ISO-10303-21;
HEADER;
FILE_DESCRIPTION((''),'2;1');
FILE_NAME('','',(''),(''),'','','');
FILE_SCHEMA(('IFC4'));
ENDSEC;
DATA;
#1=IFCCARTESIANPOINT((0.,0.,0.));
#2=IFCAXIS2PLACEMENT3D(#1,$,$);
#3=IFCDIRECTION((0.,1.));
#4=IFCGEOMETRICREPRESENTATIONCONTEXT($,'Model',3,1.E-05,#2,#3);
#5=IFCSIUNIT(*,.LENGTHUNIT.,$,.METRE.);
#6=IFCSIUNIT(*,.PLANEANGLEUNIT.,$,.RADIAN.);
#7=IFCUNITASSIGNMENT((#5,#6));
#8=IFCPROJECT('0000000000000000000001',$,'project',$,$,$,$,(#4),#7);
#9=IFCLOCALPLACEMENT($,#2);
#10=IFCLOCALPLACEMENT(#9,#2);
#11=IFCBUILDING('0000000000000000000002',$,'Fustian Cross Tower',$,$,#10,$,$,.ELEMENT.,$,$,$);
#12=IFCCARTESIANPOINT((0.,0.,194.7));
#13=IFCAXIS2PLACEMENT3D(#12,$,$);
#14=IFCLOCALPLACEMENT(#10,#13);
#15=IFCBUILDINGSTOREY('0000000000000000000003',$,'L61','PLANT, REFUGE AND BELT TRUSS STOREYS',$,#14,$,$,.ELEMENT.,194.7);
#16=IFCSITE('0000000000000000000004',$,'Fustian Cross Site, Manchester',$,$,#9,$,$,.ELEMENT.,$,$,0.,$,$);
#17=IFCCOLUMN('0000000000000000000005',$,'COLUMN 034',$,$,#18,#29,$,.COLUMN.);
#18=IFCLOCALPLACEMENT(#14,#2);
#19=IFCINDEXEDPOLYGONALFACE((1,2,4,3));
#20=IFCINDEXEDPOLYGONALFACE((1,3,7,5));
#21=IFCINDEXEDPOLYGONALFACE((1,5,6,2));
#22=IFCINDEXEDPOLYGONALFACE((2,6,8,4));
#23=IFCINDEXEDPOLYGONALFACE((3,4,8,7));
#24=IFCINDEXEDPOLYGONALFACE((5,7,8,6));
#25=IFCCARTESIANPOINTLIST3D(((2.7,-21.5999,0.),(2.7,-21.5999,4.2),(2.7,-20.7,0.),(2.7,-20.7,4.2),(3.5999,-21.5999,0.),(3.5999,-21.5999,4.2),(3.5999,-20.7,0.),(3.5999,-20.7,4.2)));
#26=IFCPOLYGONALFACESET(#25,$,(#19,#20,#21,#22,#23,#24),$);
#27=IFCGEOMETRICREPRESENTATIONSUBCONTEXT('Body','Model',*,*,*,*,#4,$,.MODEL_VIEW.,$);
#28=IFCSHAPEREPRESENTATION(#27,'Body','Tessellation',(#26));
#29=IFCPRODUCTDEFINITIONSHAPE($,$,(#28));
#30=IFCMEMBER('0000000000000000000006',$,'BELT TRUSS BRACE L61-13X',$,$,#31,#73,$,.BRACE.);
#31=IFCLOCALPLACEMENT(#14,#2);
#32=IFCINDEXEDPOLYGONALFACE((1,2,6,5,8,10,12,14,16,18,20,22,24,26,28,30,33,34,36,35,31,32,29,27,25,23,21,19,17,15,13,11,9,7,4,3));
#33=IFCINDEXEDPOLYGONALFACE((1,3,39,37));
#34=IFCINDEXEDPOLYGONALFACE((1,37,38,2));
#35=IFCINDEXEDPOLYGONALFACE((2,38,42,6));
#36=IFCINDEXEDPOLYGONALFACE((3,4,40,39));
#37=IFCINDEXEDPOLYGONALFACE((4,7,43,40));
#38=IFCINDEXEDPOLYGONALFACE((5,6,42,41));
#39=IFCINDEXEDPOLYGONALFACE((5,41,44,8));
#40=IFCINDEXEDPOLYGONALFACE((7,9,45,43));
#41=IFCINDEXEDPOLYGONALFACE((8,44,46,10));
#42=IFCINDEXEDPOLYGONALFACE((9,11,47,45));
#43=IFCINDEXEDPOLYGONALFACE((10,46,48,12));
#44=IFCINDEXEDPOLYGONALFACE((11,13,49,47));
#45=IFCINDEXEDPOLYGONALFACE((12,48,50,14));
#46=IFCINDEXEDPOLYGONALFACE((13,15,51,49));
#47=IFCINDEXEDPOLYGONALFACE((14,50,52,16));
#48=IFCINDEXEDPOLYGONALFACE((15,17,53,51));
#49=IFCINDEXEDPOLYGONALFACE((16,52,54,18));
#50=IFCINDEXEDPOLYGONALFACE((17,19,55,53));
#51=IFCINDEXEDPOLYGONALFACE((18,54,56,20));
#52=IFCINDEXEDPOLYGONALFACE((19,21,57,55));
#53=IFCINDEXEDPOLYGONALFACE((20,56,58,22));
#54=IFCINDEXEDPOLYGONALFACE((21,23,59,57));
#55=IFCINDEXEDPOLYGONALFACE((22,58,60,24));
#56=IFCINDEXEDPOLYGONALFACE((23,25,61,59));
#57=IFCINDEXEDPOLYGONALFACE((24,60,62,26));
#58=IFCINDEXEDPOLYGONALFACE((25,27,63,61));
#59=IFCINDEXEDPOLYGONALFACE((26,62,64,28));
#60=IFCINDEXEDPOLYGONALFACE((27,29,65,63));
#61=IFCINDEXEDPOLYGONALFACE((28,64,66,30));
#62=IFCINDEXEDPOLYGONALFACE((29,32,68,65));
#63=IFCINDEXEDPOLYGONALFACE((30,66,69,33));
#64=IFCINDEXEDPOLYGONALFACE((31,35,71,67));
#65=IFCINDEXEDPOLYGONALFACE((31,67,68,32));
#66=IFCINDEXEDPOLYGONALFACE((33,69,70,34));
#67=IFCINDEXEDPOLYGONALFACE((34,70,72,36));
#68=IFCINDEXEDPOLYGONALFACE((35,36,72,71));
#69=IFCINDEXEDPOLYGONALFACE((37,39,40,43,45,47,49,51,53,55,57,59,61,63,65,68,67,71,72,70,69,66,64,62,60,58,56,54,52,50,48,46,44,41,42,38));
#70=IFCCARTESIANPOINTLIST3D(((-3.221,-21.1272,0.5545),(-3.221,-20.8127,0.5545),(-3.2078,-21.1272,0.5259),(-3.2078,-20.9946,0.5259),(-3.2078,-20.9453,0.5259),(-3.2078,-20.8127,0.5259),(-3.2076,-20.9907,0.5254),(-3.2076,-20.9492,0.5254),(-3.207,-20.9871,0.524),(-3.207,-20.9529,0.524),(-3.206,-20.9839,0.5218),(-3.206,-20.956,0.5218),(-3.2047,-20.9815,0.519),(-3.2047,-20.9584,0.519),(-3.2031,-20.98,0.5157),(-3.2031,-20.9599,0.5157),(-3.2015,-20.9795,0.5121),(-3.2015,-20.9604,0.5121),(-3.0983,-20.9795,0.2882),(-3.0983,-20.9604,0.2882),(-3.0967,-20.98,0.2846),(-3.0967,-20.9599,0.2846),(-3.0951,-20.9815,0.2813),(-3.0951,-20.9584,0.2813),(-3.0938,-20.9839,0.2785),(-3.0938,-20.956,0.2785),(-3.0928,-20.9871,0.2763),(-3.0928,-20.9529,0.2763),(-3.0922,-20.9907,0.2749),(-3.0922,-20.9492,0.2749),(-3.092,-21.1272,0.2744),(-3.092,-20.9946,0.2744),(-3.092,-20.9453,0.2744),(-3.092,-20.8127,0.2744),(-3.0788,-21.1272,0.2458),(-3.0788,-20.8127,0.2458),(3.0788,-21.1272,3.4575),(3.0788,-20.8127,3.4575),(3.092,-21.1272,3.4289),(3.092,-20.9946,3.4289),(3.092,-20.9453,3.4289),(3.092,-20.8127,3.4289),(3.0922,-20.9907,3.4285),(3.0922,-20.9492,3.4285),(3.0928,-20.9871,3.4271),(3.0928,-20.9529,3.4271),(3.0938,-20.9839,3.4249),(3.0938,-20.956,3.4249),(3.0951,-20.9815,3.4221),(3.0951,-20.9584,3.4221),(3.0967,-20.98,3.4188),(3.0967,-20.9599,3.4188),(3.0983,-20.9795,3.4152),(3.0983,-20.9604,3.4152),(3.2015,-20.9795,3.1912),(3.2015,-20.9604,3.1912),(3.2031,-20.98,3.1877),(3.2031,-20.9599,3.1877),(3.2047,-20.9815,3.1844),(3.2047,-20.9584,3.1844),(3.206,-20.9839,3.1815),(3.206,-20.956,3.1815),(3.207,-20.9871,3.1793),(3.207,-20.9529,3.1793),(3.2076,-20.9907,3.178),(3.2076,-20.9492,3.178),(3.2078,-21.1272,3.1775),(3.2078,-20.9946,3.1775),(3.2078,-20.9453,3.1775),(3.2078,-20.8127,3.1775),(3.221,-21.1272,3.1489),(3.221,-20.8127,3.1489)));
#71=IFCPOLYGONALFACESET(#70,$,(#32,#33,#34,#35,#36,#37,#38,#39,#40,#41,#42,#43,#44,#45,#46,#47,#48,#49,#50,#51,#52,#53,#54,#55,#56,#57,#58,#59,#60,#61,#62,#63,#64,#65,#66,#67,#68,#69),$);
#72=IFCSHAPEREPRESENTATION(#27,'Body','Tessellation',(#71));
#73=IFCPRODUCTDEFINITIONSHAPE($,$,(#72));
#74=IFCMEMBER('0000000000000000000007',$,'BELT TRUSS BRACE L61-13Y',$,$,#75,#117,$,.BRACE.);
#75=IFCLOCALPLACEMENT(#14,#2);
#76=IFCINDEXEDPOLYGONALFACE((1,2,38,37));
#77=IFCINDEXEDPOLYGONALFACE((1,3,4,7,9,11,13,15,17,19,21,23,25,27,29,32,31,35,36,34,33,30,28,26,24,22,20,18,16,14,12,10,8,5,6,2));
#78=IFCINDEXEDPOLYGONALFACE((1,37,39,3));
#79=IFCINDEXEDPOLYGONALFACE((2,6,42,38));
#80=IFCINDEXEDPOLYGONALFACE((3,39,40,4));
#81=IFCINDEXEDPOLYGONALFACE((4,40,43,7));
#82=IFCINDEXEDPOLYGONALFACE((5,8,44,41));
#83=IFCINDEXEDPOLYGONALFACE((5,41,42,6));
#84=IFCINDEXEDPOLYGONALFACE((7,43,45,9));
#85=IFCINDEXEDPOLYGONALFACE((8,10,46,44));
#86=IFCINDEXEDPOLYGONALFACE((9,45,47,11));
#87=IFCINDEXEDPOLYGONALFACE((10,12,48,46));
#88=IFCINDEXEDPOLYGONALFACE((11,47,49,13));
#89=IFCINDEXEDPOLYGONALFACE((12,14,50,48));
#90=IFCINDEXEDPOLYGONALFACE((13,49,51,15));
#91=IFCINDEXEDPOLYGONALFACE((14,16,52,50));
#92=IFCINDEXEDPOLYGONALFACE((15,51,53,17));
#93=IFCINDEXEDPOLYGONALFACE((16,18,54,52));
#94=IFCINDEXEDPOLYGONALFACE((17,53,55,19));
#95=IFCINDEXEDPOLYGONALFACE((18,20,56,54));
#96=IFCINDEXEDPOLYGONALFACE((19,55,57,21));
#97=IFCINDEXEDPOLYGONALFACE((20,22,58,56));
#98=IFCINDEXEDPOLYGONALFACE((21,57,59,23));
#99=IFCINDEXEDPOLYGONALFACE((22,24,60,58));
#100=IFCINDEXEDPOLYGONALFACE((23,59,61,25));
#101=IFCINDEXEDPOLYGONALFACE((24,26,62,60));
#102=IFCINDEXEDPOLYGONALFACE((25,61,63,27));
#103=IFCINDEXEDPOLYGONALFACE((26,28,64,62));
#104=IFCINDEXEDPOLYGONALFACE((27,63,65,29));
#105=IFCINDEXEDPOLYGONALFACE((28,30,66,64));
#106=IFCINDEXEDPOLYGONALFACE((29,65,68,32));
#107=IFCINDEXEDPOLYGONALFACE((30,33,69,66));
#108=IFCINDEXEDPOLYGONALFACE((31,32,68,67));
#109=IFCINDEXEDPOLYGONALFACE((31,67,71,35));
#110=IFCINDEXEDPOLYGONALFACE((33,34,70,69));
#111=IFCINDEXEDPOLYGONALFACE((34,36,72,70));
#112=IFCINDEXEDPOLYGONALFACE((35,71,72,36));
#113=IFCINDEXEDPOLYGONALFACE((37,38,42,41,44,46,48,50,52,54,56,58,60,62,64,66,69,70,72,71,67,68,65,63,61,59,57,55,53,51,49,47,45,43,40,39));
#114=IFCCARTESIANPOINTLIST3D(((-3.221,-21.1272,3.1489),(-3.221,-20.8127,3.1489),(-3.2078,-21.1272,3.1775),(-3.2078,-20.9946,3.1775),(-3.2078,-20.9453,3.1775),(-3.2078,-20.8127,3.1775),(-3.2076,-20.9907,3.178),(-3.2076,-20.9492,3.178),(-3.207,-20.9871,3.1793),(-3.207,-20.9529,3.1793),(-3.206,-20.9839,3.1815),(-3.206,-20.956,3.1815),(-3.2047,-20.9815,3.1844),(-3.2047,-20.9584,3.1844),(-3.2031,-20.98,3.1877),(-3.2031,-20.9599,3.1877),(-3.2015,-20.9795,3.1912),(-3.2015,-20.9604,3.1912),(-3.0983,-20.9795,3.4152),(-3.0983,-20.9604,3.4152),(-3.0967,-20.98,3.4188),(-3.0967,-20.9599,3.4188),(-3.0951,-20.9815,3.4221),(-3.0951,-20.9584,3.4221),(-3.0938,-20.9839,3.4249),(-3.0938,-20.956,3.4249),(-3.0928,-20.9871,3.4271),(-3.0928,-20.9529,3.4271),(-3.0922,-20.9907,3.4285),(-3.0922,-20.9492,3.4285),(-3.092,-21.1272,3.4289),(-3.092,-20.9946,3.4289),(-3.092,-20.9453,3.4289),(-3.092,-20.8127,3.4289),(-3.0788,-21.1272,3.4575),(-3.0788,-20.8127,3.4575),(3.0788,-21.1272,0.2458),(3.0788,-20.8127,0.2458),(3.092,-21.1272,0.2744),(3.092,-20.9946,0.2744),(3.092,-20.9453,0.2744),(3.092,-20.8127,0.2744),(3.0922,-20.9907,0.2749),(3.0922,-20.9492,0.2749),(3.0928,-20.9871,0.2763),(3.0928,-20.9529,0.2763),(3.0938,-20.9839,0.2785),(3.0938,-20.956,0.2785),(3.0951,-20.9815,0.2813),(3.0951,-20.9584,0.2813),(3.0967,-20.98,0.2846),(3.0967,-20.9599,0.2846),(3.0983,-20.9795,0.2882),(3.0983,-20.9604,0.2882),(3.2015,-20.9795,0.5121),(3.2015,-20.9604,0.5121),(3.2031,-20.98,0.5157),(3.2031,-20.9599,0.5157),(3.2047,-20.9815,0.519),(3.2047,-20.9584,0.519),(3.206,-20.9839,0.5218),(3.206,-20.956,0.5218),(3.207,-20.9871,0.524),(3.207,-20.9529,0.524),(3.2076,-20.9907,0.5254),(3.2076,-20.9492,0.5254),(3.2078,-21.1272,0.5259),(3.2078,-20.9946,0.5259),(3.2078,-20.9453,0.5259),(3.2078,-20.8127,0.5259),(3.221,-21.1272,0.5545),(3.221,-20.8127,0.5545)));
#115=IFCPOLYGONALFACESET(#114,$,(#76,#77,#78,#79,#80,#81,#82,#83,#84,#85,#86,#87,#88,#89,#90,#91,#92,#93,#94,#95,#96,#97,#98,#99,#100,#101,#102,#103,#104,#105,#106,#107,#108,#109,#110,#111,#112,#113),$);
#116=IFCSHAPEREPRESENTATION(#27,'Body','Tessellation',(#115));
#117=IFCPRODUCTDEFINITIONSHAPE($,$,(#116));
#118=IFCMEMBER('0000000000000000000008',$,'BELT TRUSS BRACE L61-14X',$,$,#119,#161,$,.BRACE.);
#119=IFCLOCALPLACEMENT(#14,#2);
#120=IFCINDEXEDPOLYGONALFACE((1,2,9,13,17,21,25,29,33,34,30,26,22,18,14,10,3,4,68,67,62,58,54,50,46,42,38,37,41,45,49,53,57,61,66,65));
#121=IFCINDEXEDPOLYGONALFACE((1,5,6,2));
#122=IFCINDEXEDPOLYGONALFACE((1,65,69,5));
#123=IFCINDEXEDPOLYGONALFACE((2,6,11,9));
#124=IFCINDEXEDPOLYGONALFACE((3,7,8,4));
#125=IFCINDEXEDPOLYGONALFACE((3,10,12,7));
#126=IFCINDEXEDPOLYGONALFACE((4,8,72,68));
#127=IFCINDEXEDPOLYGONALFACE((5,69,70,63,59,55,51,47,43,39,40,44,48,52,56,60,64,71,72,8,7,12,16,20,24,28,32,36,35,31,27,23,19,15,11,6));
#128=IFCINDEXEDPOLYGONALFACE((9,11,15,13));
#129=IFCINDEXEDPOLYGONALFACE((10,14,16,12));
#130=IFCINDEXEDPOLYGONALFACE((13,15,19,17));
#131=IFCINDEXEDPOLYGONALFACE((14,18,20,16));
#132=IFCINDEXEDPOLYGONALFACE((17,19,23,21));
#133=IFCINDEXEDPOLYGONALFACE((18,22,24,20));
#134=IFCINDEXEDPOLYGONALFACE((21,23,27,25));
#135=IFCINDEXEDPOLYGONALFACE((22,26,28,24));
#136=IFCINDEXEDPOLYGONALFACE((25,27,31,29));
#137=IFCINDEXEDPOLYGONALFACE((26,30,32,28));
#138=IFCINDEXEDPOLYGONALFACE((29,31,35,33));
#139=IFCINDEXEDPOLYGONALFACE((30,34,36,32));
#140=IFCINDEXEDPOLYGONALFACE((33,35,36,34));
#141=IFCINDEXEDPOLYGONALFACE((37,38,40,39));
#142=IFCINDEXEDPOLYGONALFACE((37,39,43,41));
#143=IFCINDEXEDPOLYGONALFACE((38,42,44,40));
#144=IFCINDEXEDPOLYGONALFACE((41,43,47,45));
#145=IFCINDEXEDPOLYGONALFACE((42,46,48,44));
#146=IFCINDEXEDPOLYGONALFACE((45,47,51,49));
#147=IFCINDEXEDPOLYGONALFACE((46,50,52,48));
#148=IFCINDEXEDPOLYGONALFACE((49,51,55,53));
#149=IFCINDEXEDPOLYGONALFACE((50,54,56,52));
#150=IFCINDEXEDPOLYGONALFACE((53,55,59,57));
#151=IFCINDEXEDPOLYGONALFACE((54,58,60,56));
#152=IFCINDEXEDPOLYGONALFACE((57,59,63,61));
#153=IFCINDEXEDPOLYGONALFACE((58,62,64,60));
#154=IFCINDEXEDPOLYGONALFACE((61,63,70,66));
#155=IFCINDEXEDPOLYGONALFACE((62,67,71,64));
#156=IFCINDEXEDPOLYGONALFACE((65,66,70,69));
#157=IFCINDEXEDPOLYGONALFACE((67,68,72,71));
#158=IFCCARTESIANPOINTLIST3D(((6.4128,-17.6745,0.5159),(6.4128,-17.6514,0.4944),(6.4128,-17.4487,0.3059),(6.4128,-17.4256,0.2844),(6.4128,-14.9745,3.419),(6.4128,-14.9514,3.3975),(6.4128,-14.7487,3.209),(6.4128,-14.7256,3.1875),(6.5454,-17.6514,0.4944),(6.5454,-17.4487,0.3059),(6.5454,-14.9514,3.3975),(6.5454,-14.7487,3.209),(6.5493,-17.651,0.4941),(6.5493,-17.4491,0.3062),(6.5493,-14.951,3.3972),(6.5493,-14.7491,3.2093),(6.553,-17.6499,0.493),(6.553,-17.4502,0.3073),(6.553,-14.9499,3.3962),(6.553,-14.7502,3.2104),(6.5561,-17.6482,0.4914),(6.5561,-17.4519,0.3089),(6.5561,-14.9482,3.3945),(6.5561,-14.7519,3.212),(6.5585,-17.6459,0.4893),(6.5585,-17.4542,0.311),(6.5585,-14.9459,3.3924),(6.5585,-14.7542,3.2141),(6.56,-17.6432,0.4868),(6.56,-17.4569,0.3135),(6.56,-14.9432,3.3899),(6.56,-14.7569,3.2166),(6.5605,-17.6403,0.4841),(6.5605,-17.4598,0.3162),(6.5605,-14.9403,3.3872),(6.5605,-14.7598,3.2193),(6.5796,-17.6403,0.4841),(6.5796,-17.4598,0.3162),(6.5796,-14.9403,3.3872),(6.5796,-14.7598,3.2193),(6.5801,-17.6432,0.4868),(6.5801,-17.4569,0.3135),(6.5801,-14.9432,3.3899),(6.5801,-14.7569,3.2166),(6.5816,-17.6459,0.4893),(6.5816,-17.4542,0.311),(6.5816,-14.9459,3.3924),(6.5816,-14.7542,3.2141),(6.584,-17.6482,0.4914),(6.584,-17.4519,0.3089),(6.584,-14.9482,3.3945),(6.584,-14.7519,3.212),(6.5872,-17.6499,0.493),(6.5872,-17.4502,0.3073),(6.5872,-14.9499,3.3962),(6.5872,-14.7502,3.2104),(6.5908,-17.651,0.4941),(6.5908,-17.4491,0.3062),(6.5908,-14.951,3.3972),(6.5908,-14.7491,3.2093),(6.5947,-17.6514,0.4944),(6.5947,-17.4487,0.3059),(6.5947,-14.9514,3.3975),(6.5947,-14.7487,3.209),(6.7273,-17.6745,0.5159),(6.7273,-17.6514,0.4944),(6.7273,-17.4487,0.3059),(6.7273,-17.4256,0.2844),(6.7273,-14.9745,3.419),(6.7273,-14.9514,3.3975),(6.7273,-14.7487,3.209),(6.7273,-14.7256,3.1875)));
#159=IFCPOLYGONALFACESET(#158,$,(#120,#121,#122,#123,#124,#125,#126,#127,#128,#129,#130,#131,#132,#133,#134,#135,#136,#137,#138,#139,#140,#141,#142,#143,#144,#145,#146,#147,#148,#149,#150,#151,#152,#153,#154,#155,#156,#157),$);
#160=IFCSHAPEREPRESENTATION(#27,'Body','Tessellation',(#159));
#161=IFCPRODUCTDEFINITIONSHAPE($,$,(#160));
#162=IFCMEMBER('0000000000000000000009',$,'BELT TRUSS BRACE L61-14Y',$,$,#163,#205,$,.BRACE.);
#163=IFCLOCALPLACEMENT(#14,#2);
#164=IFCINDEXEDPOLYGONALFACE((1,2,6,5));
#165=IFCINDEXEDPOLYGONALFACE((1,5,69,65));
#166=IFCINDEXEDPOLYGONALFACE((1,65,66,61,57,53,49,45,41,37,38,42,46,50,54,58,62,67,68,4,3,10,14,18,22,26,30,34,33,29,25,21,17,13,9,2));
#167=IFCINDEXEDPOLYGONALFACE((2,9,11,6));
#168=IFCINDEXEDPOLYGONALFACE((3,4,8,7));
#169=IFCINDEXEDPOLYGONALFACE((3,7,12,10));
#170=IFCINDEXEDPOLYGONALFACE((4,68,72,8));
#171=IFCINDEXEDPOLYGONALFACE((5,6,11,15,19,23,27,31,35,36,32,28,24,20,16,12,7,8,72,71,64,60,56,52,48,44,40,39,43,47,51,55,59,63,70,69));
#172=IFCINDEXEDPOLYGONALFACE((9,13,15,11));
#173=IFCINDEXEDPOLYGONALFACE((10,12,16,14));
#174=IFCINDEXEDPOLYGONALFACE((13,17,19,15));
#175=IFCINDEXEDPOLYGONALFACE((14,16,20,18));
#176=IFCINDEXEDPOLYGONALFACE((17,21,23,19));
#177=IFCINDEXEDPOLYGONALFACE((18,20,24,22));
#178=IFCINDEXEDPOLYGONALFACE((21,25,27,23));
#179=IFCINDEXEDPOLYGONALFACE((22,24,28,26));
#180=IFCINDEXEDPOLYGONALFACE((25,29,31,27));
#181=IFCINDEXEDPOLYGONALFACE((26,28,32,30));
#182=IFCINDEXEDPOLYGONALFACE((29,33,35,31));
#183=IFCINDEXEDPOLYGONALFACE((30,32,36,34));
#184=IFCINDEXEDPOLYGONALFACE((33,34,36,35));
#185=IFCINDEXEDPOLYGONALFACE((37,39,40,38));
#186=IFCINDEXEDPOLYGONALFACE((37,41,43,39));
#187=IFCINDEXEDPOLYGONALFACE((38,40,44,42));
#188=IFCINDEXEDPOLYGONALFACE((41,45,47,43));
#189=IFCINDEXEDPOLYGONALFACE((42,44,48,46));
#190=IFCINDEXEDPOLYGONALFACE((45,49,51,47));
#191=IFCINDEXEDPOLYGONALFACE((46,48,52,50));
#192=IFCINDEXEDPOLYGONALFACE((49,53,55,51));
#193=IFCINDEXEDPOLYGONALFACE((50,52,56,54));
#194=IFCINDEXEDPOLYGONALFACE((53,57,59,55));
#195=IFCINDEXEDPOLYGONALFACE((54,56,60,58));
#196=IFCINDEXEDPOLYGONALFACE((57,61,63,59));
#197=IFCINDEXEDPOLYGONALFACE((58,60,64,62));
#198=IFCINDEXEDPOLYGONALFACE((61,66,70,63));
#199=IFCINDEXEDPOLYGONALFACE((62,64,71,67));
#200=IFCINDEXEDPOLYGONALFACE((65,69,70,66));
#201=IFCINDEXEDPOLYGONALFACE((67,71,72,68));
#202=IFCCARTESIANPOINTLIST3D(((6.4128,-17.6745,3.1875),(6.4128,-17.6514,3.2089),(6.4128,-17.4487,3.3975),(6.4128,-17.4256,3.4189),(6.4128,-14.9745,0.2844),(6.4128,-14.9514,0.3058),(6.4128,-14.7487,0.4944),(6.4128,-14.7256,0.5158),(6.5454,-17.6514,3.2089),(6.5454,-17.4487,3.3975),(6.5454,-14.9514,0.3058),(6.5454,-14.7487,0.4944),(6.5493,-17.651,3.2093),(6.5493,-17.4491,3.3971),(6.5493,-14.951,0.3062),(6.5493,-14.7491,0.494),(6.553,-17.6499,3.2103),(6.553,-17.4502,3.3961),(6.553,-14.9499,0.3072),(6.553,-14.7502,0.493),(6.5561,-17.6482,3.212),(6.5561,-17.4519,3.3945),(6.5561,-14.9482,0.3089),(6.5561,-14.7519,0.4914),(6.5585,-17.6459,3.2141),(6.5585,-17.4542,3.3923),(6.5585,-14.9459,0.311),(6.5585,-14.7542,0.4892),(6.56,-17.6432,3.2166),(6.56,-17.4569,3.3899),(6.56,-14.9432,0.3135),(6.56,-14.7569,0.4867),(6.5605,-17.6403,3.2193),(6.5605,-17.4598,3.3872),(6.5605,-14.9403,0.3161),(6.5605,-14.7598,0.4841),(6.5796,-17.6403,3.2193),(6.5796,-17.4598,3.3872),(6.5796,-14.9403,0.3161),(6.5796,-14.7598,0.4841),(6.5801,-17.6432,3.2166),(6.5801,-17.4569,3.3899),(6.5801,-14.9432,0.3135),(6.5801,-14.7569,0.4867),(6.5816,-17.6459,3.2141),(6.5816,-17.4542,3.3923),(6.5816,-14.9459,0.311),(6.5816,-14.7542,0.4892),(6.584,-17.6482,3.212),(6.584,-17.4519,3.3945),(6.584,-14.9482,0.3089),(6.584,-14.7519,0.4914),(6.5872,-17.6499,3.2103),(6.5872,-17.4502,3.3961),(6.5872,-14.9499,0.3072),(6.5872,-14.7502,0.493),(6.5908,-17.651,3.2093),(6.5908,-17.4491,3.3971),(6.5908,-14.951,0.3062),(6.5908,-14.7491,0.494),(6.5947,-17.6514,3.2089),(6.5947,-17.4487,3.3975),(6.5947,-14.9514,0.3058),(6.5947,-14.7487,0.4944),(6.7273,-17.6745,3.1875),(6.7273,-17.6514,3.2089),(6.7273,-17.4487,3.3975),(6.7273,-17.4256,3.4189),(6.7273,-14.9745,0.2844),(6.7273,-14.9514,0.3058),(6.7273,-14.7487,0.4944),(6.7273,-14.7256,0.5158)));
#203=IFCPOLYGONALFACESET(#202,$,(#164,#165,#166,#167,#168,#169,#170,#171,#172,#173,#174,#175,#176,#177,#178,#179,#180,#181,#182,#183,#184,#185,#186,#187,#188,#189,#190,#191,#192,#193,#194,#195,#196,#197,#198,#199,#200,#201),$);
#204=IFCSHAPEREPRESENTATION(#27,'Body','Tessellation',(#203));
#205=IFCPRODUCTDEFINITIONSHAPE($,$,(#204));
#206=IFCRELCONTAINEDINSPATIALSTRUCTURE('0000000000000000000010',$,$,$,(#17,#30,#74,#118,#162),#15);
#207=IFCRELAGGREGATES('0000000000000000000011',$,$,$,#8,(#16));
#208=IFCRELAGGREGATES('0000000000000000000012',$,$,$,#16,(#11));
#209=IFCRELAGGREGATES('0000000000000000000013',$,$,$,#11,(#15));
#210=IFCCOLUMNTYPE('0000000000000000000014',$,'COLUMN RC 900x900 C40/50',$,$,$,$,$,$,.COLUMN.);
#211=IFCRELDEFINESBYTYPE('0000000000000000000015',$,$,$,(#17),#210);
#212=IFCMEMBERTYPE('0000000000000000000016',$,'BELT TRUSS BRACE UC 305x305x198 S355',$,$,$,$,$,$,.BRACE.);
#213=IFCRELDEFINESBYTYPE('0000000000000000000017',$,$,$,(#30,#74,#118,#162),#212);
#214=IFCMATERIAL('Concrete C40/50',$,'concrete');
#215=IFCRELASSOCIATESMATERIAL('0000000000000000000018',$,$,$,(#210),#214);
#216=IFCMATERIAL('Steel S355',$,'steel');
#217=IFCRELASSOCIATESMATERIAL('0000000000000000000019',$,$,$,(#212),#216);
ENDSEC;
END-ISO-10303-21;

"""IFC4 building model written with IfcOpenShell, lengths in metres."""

from ifc_helpers import new_model, si_unit, direction, frame, origin, origin_2d, place, context, subcontext, project, spatial, rectangle, i_section, extrude, material, material_profile, profile_set, type_object, element, save


model = new_model("IFC4")

# Units and contexts
model_context = context("Model", 3, precision=1e-05, world=origin(), true_north=direction((0.0, 1.0)))
body_context = subcontext(model_context, "Body", "Model", "MODEL_VIEW")
ifc_project = project(units=[si_unit("LENGTHUNIT", "METRE"), si_unit("PLANEANGLEUNIT", "RADIAN")], contexts=[model_context])

# Site, building, storey
site_placement = place(None, origin())
site = spatial("IfcSite", under=ifc_project, at=site_placement, Name="Fustian Cross Site, Manchester", CompositionType="ELEMENT", RefElevation=0.0)
building_placement = place(site_placement, origin())
building = spatial("IfcBuilding", under=site, at=building_placement, Name="Fustian Cross Tower", CompositionType="ELEMENT")
storey_placement = place(building_placement, frame((0.0, 0.0, 194.7)))
storey = spatial("IfcBuildingStorey", under=building, at=storey_placement, Name="L61", Description="PLANT, REFUGE AND BELT TRUSS STOREYS", CompositionType="ELEMENT", Elevation=194.7)

# Column
ifc_material_1 = material(Name="Concrete C40/50", Category="concrete")
ifc_material_profile_1 = material_profile(ifc_material_1, rectangle(XDim=0.8999, YDim=0.8999, at=origin_2d()), Name="RC 900x900")
ifc_profile_set_1 = profile_set([ifc_material_profile_1], Name="Concrete C40/50")
column_type = type_object("IfcColumnType", Name="COLUMN RC 900x900 C40/50", PredefinedType="COLUMN", material=ifc_profile_set_1)
column_placement = place(storey_placement, frame((3.1499, -21.1499, 0.0), z_axis=(0.0, 0.0, 1.0), x_axis=(1.0, 0.0, 0.0)))
element("IfcColumn", 1, at=column_placement, inside=storey, type_object=column_type, Name="COLUMN 034", PredefinedType="COLUMN", context=body_context, shape_type="SweptSolid", body=[
    extrude(rectangle(XDim=0.8999, YDim=0.8999, at=origin_2d()), origin(), (0.0, 0.0, 1.0), 4.2),
])

# Members
ifc_material_2 = material(Name="Steel S355", Category="steel")
ifc_material_profile_2 = material_profile(ifc_material_2, i_section(OverallWidth=0.3145, OverallDepth=0.3398, WebThickness=0.019, FlangeThickness=0.0315, FilletRadius=0.0151, at=origin_2d()), Name="UC 305x305x198")
ifc_profile_set_2 = profile_set([ifc_material_profile_2], Name="Steel S355")
member_type_1 = type_object("IfcMemberType", Name="BELT TRUSS BRACE UC 305x305x198 S355", PredefinedType="BRACE", material=ifc_profile_set_2)
for number, where, z_axis, x_axis, name in (
    (2, (-3.1499, -20.97, 0.4001), (0.908207, 0.0, 0.41852), (0.0, 1.0, 0.0), "BELT TRUSS BRACE L61-13X"),
    (3, (-3.1499, -20.97, 3.3032), (0.908207, 0.0, -0.41852), (0.0, 1.0, 0.0), "BELT TRUSS BRACE L61-13Y"),
):
    element("IfcMember", number, at=place(storey_placement, frame(where, z_axis=z_axis, x_axis=x_axis)), inside=storey, type_object=member_type_1, Name=name, PredefinedType="BRACE", context=body_context, shape_type="SweptSolid", body=[
        extrude(i_section(OverallWidth=0.3145, OverallDepth=0.3398, WebThickness=0.019, FlangeThickness=0.0315, FilletRadius=0.0151, at=origin_2d()), origin(), (0.0, 0.0, 1.0), 6.9365),
    ])
for number, where, z_axis, x_axis, name in (
    (4, (6.5701, -17.55, 0.4001), (0.0, 0.681025, 0.73226), (-1.0, 0.0, 0.0), "BELT TRUSS BRACE L61-14X"),
    (5, (6.5701, -17.55, 3.3032), (0.0, 0.681025, -0.73226), (-1.0, 0.0, 0.0), "BELT TRUSS BRACE L61-14Y"),
):
    element("IfcMember", number, at=place(storey_placement, frame(where, z_axis=z_axis, x_axis=x_axis)), inside=storey, type_object=member_type_1, Name=name, PredefinedType="BRACE", context=body_context, shape_type="SweptSolid", body=[
        extrude(i_section(OverallWidth=0.3145, OverallDepth=0.3398, WebThickness=0.019, FlangeThickness=0.0315, FilletRadius=0.0151, at=origin_2d()), origin(), (0.0, 0.0, 1.0), 3.9646),
    ])

save(model, "model.ifc")
